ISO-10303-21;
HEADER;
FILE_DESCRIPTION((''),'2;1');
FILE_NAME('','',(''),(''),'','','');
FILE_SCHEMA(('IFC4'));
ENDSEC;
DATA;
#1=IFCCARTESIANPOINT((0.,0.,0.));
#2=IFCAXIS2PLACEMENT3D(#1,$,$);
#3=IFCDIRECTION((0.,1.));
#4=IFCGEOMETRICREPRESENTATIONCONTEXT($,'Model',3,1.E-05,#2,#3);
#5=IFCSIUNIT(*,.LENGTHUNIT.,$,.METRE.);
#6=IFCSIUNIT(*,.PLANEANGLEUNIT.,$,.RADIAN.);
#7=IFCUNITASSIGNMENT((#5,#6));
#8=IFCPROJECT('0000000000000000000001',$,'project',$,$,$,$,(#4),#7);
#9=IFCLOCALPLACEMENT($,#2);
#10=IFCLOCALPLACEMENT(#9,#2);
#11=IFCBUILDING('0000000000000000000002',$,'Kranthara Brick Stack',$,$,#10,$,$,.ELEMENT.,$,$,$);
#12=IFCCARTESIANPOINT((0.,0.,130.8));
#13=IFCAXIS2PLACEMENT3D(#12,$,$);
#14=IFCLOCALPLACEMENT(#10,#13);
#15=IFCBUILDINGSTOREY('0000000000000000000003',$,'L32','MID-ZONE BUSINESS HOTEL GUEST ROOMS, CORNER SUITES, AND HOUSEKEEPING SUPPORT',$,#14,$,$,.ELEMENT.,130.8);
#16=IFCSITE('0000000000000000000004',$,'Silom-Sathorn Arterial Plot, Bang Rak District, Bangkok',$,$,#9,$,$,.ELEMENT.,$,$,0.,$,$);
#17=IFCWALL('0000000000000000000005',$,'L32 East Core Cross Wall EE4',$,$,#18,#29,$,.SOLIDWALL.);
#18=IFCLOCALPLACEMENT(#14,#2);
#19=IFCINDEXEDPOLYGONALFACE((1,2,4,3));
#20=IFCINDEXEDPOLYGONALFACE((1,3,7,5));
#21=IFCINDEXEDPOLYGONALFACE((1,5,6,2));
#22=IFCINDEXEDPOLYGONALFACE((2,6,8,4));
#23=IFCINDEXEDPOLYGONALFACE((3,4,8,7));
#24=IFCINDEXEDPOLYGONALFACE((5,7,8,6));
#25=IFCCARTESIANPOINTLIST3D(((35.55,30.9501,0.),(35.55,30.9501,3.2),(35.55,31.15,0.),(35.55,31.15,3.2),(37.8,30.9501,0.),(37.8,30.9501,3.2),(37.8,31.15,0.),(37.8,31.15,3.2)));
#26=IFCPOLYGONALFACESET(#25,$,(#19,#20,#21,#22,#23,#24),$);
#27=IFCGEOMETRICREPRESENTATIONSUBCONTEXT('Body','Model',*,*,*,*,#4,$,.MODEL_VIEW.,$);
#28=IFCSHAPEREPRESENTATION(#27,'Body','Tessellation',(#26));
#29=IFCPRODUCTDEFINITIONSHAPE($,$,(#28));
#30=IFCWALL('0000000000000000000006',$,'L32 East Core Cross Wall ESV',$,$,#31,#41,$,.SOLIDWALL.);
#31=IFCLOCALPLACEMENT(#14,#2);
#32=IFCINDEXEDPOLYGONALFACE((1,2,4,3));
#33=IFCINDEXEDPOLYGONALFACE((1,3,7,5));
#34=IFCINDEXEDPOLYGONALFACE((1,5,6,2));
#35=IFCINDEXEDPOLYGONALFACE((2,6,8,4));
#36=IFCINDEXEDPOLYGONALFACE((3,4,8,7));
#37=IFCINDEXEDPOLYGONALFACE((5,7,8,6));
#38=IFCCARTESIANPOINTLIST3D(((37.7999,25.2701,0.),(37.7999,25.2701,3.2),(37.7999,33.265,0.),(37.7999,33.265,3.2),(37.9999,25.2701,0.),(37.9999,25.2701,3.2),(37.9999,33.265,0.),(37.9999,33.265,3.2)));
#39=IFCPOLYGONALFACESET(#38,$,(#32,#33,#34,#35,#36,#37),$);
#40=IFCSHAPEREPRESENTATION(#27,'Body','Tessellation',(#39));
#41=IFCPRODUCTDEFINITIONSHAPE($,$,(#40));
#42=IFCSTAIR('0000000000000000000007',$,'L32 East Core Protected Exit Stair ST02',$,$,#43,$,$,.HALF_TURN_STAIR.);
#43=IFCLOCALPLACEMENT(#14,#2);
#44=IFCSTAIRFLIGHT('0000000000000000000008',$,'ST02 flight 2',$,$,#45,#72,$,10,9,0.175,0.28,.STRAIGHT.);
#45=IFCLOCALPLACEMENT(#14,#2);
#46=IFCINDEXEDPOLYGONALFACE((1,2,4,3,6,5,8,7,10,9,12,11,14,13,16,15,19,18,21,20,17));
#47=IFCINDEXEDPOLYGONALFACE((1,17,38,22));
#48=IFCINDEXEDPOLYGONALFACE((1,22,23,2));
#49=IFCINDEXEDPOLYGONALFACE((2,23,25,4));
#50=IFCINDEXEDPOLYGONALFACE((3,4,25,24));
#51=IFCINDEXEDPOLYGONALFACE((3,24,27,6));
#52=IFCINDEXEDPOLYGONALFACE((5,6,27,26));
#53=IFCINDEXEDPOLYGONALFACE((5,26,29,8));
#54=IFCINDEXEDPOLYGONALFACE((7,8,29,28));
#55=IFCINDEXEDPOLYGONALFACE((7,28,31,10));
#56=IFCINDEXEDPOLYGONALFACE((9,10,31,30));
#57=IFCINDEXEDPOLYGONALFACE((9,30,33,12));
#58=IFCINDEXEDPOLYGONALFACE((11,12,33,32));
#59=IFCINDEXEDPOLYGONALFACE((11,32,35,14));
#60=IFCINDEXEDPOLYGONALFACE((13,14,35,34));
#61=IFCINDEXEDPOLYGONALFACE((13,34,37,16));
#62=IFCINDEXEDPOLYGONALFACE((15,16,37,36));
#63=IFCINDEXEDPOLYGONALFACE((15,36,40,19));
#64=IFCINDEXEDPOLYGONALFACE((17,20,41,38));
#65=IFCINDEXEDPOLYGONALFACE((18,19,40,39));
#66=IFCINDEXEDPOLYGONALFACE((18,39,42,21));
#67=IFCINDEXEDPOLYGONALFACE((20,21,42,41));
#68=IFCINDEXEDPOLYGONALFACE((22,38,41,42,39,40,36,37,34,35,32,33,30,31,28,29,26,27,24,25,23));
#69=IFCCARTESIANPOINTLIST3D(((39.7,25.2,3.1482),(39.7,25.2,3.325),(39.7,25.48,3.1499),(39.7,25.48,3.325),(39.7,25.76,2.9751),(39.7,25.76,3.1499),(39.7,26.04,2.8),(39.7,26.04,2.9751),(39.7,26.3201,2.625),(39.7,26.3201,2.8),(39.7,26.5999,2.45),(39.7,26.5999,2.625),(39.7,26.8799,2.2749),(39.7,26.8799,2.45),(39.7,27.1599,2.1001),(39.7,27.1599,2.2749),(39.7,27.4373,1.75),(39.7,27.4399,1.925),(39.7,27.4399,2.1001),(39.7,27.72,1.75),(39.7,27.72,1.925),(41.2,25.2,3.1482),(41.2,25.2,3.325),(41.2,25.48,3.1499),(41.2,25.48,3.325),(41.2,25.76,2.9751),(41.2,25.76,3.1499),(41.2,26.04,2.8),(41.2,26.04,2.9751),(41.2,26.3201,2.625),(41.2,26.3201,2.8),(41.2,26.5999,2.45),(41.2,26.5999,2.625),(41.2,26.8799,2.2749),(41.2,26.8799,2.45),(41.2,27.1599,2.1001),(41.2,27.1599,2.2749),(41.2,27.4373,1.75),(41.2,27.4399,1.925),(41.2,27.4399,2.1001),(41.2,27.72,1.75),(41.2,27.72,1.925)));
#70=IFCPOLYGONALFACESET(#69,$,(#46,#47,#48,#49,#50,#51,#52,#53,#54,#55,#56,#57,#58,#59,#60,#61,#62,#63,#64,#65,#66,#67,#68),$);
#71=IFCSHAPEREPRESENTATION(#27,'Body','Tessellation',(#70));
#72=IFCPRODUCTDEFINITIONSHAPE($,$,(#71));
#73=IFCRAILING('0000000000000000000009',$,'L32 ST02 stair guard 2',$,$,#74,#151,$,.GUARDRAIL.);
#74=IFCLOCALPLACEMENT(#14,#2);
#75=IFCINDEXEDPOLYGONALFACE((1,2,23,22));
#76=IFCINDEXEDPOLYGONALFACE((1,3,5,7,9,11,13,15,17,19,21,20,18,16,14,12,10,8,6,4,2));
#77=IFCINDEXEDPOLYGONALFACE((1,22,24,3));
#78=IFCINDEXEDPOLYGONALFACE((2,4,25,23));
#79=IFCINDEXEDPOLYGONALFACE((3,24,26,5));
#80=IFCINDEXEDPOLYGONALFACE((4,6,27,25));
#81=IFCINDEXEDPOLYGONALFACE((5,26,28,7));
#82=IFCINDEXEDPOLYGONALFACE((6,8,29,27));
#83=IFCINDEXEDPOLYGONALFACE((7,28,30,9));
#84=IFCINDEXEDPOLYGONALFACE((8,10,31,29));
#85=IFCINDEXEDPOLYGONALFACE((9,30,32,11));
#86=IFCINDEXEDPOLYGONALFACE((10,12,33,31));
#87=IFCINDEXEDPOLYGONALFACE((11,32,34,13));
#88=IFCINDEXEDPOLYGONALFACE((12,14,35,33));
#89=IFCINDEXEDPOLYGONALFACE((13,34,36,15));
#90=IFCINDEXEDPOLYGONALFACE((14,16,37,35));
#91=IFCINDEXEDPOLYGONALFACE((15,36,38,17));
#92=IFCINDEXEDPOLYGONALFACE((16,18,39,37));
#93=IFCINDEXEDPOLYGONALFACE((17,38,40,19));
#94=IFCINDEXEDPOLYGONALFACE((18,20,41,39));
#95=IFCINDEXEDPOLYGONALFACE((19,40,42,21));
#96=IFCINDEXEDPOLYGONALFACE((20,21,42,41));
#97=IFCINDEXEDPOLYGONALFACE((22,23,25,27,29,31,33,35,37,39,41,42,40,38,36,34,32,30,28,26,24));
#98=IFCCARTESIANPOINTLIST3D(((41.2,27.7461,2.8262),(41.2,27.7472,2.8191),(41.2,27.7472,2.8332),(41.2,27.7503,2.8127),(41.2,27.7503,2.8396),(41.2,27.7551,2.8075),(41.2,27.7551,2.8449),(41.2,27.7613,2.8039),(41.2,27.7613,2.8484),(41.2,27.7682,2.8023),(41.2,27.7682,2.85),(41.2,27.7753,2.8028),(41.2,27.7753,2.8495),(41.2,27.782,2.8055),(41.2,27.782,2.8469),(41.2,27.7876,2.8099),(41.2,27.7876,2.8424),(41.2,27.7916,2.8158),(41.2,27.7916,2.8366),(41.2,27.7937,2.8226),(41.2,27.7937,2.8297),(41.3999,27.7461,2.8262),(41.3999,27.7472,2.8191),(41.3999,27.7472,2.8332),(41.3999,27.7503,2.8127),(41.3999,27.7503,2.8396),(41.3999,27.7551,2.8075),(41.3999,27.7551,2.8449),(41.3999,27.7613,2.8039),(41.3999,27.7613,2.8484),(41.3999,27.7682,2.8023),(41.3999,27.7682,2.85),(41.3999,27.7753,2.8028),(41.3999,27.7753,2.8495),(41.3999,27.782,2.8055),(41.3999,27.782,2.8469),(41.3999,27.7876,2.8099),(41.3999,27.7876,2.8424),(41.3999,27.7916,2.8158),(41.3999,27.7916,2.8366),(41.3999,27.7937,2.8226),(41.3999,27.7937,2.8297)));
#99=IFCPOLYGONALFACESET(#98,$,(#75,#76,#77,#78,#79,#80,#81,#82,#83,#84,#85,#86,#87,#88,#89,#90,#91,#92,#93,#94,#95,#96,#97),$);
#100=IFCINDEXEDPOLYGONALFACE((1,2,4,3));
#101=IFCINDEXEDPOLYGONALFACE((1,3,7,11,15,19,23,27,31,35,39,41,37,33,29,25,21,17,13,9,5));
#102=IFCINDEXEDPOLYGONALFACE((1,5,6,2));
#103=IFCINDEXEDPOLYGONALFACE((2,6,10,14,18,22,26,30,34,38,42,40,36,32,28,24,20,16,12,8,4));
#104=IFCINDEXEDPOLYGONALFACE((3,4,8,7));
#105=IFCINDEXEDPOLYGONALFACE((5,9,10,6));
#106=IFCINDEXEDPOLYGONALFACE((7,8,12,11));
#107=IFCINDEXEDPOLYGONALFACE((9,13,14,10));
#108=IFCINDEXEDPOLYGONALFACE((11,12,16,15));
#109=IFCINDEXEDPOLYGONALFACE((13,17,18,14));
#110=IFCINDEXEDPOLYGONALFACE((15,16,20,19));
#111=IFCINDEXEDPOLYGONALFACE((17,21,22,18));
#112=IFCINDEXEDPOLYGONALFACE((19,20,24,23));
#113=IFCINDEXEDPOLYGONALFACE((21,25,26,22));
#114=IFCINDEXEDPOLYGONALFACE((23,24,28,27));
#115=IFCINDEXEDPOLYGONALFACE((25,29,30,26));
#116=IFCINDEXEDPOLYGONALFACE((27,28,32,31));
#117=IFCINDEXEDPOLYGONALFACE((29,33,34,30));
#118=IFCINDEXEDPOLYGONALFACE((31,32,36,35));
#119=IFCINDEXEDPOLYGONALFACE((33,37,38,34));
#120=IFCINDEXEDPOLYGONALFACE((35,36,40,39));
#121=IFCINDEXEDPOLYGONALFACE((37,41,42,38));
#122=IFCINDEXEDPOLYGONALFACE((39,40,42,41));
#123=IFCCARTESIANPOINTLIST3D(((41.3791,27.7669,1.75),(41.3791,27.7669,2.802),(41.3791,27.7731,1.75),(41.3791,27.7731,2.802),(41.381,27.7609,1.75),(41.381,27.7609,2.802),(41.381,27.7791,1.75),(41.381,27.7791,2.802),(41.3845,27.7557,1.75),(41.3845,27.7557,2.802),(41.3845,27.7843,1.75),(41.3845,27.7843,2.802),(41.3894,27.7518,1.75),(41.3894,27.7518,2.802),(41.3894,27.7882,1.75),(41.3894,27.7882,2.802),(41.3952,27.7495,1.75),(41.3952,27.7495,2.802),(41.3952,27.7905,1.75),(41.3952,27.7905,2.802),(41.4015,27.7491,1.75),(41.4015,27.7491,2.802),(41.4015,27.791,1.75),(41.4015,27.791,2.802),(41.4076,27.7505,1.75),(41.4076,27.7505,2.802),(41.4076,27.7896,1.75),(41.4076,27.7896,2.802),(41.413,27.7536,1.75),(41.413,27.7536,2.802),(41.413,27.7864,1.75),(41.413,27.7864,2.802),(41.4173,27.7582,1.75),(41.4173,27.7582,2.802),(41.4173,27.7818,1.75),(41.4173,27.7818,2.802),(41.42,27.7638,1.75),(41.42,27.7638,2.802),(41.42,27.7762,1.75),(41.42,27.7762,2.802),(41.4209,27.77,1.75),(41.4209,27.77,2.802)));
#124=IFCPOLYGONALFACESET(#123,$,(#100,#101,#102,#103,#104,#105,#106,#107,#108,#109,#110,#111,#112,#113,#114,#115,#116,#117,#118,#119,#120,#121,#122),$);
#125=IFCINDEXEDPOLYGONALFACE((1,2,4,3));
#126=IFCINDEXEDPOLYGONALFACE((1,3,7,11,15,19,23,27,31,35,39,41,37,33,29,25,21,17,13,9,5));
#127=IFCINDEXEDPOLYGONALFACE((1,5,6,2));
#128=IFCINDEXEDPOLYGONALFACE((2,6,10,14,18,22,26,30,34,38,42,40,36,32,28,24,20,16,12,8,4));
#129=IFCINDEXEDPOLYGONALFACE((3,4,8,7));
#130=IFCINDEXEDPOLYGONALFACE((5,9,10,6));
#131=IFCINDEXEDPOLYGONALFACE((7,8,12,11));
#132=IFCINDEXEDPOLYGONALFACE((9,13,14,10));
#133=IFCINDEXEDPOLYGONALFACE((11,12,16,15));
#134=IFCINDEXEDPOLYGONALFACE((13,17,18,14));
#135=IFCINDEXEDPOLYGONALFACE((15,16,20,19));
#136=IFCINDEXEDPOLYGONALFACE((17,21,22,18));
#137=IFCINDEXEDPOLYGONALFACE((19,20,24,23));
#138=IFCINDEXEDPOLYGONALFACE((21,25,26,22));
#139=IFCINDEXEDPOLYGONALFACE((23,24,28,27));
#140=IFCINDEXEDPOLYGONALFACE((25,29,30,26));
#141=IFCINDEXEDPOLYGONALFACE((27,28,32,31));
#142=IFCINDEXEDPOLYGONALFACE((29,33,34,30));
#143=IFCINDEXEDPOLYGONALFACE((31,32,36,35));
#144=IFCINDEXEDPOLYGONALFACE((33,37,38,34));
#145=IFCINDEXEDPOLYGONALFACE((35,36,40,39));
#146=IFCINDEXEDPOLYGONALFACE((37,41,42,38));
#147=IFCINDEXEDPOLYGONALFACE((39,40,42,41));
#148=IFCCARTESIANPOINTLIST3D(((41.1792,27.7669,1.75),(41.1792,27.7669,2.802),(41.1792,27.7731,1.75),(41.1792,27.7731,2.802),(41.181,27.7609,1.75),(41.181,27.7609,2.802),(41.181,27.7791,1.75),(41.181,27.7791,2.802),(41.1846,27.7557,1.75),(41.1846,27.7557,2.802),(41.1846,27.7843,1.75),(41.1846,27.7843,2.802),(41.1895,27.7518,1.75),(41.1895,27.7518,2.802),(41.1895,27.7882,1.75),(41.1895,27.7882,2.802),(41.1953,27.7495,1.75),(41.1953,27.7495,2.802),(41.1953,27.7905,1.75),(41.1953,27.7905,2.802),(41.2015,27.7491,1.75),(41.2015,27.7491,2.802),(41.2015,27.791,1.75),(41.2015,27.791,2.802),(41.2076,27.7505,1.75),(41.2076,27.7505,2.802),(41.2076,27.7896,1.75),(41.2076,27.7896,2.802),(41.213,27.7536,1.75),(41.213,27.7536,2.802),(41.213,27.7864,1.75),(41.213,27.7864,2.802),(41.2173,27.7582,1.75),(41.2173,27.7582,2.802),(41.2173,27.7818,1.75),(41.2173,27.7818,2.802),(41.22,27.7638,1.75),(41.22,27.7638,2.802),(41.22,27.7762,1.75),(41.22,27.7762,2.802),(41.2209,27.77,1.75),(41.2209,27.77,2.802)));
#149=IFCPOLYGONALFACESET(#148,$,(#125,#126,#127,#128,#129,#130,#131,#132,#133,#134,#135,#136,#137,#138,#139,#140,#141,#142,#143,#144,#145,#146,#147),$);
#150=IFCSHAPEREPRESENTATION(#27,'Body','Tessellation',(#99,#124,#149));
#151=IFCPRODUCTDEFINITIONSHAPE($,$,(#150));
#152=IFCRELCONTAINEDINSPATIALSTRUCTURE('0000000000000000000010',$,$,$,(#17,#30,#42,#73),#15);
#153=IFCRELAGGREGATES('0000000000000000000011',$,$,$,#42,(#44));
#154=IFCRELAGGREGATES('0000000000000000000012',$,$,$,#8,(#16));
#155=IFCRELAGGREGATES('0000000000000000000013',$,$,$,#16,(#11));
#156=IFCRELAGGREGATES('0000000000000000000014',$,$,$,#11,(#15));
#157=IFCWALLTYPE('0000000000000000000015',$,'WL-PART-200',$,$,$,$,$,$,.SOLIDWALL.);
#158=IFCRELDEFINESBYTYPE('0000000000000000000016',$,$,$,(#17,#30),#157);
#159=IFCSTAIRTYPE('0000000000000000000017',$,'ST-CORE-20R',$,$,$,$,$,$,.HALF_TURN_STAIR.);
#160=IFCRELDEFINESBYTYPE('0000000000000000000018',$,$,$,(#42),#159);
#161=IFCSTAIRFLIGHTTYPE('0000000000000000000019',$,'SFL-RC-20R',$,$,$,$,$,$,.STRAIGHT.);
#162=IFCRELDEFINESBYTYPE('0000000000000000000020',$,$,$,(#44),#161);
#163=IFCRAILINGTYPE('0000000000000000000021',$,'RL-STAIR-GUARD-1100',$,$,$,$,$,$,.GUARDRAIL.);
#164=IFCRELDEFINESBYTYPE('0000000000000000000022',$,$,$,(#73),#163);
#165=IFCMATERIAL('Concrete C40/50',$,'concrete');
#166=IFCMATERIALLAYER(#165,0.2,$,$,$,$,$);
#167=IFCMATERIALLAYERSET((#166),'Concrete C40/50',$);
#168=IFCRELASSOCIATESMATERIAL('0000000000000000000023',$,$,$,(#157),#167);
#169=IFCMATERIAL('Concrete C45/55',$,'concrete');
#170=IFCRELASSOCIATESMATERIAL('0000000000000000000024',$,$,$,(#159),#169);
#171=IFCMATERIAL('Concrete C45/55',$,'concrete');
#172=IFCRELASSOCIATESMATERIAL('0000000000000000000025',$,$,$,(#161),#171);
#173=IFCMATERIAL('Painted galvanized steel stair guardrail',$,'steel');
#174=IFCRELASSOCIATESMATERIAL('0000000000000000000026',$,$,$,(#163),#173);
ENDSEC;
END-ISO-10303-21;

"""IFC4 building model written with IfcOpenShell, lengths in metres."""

from ifc_helpers import new_model, si_unit, direction, frame, frame_2d, origin, origin_2d, place, context, subcontext, project, spatial, polyline, rectangle, circle, outline, extrude, material, layer, layer_set, type_object, element, aggregate, save


model = new_model("IFC4")

# Units and contexts
model_context = context("Model", 3, precision=1e-05, world=origin(), true_north=direction((0.0, 1.0)))
body_context = subcontext(model_context, "Body", "Model", "MODEL_VIEW")
ifc_project = project(units=[si_unit("LENGTHUNIT", "METRE"), si_unit("PLANEANGLEUNIT", "RADIAN")], contexts=[model_context])

# Site, building, storey
site_placement = place(None, origin())
site = spatial("IfcSite", under=ifc_project, at=site_placement, Name="Silom-Sathorn Arterial Plot, Bang Rak District, Bangkok", CompositionType="ELEMENT", RefElevation=0.0)
building_placement = place(site_placement, origin())
building = spatial("IfcBuilding", under=site, at=building_placement, Name="Kranthara Brick Stack", CompositionType="ELEMENT")
storey_placement = place(building_placement, frame((0.0, 0.0, 130.8)))
storey = spatial("IfcBuildingStorey", under=building, at=storey_placement, Name="L32", Description="MID-ZONE BUSINESS HOTEL GUEST ROOMS, CORNER SUITES, AND HOUSEKEEPING SUPPORT", CompositionType="ELEMENT", Elevation=130.8)

# Walls
ifc_material_1 = material(Name="Concrete C40/50", Category="concrete")
ifc_layer_1 = layer(ifc_material_1, 0.2)
ifc_layer_set_1 = layer_set([ifc_layer_1], Name="Concrete C40/50")
wall_type_1 = type_object("IfcWallType", Name="WL-PART-200", PredefinedType="SOLIDWALL", material=ifc_layer_set_1)
wall_1_placement = place(storey_placement, frame((35.55, 31.05, 0.0), z_axis=(0.0, 0.0, 1.0), x_axis=(1.0, 0.0, 0.0)))
element("IfcWall", 1, at=wall_1_placement, inside=storey, type_object=wall_type_1, Name="L32 East Core Cross Wall EE4", PredefinedType="SOLIDWALL", context=body_context, shape_type="SweptSolid", body=[
    extrude(rectangle(XDim=2.25, YDim=0.2, at=frame_2d((1.125, 0.0))), origin(), (0.0, 0.0, 1.0), 3.2),
])
wall_2_placement = place(storey_placement, frame((37.8999, 25.27, 0.0), z_axis=(0.0, 0.0, 1.0), x_axis=(0.0, 1.0, 0.0)))
element("IfcWall", 2, at=wall_2_placement, inside=storey, type_object=wall_type_1, Name="L32 East Core Cross Wall ESV", PredefinedType="SOLIDWALL", context=body_context, shape_type="SweptSolid", body=[
    extrude(rectangle(XDim=7.9949, YDim=0.2, at=frame_2d((3.9976, 0.0))), origin(), (0.0, 0.0, 1.0), 3.2),
])

# Stair, stair flight
ifc_material_2 = material(Name="Concrete C45/55", Category="concrete")
stair_type = type_object("IfcStairType", Name="ST-CORE-20R", PredefinedType="HALF_TURN_STAIR", material=ifc_material_2)
stair_placement = place(storey_placement, origin())
stair = element("IfcStair", 3, at=stair_placement, inside=storey, type_object=stair_type, Name="L32 East Core Protected Exit Stair ST02", PredefinedType="HALF_TURN_STAIR")
ifc_material_3 = material(Name="Concrete C45/55", Category="concrete")
stair_flight_type = type_object("IfcStairFlightType", Name="SFL-RC-20R", PredefinedType="STRAIGHT", material=ifc_material_3)
stair_flight_placement = place(storey_placement, frame((40.45, 27.72, 1.75), z_axis=(0.0, 0.0, 1.0), x_axis=(0.0, -1.0, 0.0)))
stair_flight = element("IfcStairFlight", 4, at=stair_flight_placement, type_object=stair_flight_type, Name="ST02 flight 2", NumberOfRisers=10, NumberOfTreads=9, PredefinedType="STRAIGHT", RiserHeight=0.175, TreadLength=0.28, context=body_context, shape_type="SweptSolid", body=[
    extrude(outline(polyline([(0.0, 0.0), (0.0, 0.175), (0.28, 0.175), (0.28, 0.3501), (0.5601, 0.3501), (0.5601, 0.5249), (0.8401, 0.5249), (0.8401, 0.7), (1.1201, 0.7), (1.1201, 0.875), (1.3999, 0.875), (1.3999, 1.05), (1.6799, 1.05), (1.6799, 1.2251), (1.96, 1.2251), (1.96, 1.3999), (2.24, 1.3999), (2.24, 1.575), (2.52, 1.575), (2.52, 1.75), (2.52, 1.3982), (0.2827, 0.0), (0.0, 0.0)])), frame((0.0, 0.75, 0.0), z_axis=(0.0, -1.0, 0.0), x_axis=(1.0, 0.0, 0.0)), (0.0, 0.0, 1.0), 1.5),
])
aggregate(stair, [stair_flight])

# Railing
ifc_material_4 = material(Name="Painted galvanized steel stair guardrail", Category="steel")
railing_type_1 = type_object("IfcRailingType", Name="RL-STAIR-GUARD-1100", PredefinedType="GUARDRAIL", material=ifc_material_4)
railing_1_placement = place(storey_placement, frame((41.3999, 27.77, 1.75)))
element("IfcRailing", 5, at=railing_1_placement, inside=storey, type_object=railing_type_1, Name="L32 ST02 stair guard 2", PredefinedType="GUARDRAIL", context=body_context, shape_type="SweptSolid", body=[
    extrude(circle(Radius=0.0239, at=origin_2d()), frame((0.0, 0.0, 1.0762), z_axis=(-1.0, 0.0, 0.0), x_axis=(0.0, -1.0, 0.0)), (0.0, 0.0, 1.0), 0.2),
    extrude(circle(Radius=0.021, at=origin_2d()), origin(), (0.0, 0.0, 1.0), 1.052),
    extrude(circle(Radius=0.021, at=origin_2d()), frame((-0.2, 0.0, 0.0)), (0.0, 0.0, 1.0), 1.052),
])

save(model, "model.ifc")
